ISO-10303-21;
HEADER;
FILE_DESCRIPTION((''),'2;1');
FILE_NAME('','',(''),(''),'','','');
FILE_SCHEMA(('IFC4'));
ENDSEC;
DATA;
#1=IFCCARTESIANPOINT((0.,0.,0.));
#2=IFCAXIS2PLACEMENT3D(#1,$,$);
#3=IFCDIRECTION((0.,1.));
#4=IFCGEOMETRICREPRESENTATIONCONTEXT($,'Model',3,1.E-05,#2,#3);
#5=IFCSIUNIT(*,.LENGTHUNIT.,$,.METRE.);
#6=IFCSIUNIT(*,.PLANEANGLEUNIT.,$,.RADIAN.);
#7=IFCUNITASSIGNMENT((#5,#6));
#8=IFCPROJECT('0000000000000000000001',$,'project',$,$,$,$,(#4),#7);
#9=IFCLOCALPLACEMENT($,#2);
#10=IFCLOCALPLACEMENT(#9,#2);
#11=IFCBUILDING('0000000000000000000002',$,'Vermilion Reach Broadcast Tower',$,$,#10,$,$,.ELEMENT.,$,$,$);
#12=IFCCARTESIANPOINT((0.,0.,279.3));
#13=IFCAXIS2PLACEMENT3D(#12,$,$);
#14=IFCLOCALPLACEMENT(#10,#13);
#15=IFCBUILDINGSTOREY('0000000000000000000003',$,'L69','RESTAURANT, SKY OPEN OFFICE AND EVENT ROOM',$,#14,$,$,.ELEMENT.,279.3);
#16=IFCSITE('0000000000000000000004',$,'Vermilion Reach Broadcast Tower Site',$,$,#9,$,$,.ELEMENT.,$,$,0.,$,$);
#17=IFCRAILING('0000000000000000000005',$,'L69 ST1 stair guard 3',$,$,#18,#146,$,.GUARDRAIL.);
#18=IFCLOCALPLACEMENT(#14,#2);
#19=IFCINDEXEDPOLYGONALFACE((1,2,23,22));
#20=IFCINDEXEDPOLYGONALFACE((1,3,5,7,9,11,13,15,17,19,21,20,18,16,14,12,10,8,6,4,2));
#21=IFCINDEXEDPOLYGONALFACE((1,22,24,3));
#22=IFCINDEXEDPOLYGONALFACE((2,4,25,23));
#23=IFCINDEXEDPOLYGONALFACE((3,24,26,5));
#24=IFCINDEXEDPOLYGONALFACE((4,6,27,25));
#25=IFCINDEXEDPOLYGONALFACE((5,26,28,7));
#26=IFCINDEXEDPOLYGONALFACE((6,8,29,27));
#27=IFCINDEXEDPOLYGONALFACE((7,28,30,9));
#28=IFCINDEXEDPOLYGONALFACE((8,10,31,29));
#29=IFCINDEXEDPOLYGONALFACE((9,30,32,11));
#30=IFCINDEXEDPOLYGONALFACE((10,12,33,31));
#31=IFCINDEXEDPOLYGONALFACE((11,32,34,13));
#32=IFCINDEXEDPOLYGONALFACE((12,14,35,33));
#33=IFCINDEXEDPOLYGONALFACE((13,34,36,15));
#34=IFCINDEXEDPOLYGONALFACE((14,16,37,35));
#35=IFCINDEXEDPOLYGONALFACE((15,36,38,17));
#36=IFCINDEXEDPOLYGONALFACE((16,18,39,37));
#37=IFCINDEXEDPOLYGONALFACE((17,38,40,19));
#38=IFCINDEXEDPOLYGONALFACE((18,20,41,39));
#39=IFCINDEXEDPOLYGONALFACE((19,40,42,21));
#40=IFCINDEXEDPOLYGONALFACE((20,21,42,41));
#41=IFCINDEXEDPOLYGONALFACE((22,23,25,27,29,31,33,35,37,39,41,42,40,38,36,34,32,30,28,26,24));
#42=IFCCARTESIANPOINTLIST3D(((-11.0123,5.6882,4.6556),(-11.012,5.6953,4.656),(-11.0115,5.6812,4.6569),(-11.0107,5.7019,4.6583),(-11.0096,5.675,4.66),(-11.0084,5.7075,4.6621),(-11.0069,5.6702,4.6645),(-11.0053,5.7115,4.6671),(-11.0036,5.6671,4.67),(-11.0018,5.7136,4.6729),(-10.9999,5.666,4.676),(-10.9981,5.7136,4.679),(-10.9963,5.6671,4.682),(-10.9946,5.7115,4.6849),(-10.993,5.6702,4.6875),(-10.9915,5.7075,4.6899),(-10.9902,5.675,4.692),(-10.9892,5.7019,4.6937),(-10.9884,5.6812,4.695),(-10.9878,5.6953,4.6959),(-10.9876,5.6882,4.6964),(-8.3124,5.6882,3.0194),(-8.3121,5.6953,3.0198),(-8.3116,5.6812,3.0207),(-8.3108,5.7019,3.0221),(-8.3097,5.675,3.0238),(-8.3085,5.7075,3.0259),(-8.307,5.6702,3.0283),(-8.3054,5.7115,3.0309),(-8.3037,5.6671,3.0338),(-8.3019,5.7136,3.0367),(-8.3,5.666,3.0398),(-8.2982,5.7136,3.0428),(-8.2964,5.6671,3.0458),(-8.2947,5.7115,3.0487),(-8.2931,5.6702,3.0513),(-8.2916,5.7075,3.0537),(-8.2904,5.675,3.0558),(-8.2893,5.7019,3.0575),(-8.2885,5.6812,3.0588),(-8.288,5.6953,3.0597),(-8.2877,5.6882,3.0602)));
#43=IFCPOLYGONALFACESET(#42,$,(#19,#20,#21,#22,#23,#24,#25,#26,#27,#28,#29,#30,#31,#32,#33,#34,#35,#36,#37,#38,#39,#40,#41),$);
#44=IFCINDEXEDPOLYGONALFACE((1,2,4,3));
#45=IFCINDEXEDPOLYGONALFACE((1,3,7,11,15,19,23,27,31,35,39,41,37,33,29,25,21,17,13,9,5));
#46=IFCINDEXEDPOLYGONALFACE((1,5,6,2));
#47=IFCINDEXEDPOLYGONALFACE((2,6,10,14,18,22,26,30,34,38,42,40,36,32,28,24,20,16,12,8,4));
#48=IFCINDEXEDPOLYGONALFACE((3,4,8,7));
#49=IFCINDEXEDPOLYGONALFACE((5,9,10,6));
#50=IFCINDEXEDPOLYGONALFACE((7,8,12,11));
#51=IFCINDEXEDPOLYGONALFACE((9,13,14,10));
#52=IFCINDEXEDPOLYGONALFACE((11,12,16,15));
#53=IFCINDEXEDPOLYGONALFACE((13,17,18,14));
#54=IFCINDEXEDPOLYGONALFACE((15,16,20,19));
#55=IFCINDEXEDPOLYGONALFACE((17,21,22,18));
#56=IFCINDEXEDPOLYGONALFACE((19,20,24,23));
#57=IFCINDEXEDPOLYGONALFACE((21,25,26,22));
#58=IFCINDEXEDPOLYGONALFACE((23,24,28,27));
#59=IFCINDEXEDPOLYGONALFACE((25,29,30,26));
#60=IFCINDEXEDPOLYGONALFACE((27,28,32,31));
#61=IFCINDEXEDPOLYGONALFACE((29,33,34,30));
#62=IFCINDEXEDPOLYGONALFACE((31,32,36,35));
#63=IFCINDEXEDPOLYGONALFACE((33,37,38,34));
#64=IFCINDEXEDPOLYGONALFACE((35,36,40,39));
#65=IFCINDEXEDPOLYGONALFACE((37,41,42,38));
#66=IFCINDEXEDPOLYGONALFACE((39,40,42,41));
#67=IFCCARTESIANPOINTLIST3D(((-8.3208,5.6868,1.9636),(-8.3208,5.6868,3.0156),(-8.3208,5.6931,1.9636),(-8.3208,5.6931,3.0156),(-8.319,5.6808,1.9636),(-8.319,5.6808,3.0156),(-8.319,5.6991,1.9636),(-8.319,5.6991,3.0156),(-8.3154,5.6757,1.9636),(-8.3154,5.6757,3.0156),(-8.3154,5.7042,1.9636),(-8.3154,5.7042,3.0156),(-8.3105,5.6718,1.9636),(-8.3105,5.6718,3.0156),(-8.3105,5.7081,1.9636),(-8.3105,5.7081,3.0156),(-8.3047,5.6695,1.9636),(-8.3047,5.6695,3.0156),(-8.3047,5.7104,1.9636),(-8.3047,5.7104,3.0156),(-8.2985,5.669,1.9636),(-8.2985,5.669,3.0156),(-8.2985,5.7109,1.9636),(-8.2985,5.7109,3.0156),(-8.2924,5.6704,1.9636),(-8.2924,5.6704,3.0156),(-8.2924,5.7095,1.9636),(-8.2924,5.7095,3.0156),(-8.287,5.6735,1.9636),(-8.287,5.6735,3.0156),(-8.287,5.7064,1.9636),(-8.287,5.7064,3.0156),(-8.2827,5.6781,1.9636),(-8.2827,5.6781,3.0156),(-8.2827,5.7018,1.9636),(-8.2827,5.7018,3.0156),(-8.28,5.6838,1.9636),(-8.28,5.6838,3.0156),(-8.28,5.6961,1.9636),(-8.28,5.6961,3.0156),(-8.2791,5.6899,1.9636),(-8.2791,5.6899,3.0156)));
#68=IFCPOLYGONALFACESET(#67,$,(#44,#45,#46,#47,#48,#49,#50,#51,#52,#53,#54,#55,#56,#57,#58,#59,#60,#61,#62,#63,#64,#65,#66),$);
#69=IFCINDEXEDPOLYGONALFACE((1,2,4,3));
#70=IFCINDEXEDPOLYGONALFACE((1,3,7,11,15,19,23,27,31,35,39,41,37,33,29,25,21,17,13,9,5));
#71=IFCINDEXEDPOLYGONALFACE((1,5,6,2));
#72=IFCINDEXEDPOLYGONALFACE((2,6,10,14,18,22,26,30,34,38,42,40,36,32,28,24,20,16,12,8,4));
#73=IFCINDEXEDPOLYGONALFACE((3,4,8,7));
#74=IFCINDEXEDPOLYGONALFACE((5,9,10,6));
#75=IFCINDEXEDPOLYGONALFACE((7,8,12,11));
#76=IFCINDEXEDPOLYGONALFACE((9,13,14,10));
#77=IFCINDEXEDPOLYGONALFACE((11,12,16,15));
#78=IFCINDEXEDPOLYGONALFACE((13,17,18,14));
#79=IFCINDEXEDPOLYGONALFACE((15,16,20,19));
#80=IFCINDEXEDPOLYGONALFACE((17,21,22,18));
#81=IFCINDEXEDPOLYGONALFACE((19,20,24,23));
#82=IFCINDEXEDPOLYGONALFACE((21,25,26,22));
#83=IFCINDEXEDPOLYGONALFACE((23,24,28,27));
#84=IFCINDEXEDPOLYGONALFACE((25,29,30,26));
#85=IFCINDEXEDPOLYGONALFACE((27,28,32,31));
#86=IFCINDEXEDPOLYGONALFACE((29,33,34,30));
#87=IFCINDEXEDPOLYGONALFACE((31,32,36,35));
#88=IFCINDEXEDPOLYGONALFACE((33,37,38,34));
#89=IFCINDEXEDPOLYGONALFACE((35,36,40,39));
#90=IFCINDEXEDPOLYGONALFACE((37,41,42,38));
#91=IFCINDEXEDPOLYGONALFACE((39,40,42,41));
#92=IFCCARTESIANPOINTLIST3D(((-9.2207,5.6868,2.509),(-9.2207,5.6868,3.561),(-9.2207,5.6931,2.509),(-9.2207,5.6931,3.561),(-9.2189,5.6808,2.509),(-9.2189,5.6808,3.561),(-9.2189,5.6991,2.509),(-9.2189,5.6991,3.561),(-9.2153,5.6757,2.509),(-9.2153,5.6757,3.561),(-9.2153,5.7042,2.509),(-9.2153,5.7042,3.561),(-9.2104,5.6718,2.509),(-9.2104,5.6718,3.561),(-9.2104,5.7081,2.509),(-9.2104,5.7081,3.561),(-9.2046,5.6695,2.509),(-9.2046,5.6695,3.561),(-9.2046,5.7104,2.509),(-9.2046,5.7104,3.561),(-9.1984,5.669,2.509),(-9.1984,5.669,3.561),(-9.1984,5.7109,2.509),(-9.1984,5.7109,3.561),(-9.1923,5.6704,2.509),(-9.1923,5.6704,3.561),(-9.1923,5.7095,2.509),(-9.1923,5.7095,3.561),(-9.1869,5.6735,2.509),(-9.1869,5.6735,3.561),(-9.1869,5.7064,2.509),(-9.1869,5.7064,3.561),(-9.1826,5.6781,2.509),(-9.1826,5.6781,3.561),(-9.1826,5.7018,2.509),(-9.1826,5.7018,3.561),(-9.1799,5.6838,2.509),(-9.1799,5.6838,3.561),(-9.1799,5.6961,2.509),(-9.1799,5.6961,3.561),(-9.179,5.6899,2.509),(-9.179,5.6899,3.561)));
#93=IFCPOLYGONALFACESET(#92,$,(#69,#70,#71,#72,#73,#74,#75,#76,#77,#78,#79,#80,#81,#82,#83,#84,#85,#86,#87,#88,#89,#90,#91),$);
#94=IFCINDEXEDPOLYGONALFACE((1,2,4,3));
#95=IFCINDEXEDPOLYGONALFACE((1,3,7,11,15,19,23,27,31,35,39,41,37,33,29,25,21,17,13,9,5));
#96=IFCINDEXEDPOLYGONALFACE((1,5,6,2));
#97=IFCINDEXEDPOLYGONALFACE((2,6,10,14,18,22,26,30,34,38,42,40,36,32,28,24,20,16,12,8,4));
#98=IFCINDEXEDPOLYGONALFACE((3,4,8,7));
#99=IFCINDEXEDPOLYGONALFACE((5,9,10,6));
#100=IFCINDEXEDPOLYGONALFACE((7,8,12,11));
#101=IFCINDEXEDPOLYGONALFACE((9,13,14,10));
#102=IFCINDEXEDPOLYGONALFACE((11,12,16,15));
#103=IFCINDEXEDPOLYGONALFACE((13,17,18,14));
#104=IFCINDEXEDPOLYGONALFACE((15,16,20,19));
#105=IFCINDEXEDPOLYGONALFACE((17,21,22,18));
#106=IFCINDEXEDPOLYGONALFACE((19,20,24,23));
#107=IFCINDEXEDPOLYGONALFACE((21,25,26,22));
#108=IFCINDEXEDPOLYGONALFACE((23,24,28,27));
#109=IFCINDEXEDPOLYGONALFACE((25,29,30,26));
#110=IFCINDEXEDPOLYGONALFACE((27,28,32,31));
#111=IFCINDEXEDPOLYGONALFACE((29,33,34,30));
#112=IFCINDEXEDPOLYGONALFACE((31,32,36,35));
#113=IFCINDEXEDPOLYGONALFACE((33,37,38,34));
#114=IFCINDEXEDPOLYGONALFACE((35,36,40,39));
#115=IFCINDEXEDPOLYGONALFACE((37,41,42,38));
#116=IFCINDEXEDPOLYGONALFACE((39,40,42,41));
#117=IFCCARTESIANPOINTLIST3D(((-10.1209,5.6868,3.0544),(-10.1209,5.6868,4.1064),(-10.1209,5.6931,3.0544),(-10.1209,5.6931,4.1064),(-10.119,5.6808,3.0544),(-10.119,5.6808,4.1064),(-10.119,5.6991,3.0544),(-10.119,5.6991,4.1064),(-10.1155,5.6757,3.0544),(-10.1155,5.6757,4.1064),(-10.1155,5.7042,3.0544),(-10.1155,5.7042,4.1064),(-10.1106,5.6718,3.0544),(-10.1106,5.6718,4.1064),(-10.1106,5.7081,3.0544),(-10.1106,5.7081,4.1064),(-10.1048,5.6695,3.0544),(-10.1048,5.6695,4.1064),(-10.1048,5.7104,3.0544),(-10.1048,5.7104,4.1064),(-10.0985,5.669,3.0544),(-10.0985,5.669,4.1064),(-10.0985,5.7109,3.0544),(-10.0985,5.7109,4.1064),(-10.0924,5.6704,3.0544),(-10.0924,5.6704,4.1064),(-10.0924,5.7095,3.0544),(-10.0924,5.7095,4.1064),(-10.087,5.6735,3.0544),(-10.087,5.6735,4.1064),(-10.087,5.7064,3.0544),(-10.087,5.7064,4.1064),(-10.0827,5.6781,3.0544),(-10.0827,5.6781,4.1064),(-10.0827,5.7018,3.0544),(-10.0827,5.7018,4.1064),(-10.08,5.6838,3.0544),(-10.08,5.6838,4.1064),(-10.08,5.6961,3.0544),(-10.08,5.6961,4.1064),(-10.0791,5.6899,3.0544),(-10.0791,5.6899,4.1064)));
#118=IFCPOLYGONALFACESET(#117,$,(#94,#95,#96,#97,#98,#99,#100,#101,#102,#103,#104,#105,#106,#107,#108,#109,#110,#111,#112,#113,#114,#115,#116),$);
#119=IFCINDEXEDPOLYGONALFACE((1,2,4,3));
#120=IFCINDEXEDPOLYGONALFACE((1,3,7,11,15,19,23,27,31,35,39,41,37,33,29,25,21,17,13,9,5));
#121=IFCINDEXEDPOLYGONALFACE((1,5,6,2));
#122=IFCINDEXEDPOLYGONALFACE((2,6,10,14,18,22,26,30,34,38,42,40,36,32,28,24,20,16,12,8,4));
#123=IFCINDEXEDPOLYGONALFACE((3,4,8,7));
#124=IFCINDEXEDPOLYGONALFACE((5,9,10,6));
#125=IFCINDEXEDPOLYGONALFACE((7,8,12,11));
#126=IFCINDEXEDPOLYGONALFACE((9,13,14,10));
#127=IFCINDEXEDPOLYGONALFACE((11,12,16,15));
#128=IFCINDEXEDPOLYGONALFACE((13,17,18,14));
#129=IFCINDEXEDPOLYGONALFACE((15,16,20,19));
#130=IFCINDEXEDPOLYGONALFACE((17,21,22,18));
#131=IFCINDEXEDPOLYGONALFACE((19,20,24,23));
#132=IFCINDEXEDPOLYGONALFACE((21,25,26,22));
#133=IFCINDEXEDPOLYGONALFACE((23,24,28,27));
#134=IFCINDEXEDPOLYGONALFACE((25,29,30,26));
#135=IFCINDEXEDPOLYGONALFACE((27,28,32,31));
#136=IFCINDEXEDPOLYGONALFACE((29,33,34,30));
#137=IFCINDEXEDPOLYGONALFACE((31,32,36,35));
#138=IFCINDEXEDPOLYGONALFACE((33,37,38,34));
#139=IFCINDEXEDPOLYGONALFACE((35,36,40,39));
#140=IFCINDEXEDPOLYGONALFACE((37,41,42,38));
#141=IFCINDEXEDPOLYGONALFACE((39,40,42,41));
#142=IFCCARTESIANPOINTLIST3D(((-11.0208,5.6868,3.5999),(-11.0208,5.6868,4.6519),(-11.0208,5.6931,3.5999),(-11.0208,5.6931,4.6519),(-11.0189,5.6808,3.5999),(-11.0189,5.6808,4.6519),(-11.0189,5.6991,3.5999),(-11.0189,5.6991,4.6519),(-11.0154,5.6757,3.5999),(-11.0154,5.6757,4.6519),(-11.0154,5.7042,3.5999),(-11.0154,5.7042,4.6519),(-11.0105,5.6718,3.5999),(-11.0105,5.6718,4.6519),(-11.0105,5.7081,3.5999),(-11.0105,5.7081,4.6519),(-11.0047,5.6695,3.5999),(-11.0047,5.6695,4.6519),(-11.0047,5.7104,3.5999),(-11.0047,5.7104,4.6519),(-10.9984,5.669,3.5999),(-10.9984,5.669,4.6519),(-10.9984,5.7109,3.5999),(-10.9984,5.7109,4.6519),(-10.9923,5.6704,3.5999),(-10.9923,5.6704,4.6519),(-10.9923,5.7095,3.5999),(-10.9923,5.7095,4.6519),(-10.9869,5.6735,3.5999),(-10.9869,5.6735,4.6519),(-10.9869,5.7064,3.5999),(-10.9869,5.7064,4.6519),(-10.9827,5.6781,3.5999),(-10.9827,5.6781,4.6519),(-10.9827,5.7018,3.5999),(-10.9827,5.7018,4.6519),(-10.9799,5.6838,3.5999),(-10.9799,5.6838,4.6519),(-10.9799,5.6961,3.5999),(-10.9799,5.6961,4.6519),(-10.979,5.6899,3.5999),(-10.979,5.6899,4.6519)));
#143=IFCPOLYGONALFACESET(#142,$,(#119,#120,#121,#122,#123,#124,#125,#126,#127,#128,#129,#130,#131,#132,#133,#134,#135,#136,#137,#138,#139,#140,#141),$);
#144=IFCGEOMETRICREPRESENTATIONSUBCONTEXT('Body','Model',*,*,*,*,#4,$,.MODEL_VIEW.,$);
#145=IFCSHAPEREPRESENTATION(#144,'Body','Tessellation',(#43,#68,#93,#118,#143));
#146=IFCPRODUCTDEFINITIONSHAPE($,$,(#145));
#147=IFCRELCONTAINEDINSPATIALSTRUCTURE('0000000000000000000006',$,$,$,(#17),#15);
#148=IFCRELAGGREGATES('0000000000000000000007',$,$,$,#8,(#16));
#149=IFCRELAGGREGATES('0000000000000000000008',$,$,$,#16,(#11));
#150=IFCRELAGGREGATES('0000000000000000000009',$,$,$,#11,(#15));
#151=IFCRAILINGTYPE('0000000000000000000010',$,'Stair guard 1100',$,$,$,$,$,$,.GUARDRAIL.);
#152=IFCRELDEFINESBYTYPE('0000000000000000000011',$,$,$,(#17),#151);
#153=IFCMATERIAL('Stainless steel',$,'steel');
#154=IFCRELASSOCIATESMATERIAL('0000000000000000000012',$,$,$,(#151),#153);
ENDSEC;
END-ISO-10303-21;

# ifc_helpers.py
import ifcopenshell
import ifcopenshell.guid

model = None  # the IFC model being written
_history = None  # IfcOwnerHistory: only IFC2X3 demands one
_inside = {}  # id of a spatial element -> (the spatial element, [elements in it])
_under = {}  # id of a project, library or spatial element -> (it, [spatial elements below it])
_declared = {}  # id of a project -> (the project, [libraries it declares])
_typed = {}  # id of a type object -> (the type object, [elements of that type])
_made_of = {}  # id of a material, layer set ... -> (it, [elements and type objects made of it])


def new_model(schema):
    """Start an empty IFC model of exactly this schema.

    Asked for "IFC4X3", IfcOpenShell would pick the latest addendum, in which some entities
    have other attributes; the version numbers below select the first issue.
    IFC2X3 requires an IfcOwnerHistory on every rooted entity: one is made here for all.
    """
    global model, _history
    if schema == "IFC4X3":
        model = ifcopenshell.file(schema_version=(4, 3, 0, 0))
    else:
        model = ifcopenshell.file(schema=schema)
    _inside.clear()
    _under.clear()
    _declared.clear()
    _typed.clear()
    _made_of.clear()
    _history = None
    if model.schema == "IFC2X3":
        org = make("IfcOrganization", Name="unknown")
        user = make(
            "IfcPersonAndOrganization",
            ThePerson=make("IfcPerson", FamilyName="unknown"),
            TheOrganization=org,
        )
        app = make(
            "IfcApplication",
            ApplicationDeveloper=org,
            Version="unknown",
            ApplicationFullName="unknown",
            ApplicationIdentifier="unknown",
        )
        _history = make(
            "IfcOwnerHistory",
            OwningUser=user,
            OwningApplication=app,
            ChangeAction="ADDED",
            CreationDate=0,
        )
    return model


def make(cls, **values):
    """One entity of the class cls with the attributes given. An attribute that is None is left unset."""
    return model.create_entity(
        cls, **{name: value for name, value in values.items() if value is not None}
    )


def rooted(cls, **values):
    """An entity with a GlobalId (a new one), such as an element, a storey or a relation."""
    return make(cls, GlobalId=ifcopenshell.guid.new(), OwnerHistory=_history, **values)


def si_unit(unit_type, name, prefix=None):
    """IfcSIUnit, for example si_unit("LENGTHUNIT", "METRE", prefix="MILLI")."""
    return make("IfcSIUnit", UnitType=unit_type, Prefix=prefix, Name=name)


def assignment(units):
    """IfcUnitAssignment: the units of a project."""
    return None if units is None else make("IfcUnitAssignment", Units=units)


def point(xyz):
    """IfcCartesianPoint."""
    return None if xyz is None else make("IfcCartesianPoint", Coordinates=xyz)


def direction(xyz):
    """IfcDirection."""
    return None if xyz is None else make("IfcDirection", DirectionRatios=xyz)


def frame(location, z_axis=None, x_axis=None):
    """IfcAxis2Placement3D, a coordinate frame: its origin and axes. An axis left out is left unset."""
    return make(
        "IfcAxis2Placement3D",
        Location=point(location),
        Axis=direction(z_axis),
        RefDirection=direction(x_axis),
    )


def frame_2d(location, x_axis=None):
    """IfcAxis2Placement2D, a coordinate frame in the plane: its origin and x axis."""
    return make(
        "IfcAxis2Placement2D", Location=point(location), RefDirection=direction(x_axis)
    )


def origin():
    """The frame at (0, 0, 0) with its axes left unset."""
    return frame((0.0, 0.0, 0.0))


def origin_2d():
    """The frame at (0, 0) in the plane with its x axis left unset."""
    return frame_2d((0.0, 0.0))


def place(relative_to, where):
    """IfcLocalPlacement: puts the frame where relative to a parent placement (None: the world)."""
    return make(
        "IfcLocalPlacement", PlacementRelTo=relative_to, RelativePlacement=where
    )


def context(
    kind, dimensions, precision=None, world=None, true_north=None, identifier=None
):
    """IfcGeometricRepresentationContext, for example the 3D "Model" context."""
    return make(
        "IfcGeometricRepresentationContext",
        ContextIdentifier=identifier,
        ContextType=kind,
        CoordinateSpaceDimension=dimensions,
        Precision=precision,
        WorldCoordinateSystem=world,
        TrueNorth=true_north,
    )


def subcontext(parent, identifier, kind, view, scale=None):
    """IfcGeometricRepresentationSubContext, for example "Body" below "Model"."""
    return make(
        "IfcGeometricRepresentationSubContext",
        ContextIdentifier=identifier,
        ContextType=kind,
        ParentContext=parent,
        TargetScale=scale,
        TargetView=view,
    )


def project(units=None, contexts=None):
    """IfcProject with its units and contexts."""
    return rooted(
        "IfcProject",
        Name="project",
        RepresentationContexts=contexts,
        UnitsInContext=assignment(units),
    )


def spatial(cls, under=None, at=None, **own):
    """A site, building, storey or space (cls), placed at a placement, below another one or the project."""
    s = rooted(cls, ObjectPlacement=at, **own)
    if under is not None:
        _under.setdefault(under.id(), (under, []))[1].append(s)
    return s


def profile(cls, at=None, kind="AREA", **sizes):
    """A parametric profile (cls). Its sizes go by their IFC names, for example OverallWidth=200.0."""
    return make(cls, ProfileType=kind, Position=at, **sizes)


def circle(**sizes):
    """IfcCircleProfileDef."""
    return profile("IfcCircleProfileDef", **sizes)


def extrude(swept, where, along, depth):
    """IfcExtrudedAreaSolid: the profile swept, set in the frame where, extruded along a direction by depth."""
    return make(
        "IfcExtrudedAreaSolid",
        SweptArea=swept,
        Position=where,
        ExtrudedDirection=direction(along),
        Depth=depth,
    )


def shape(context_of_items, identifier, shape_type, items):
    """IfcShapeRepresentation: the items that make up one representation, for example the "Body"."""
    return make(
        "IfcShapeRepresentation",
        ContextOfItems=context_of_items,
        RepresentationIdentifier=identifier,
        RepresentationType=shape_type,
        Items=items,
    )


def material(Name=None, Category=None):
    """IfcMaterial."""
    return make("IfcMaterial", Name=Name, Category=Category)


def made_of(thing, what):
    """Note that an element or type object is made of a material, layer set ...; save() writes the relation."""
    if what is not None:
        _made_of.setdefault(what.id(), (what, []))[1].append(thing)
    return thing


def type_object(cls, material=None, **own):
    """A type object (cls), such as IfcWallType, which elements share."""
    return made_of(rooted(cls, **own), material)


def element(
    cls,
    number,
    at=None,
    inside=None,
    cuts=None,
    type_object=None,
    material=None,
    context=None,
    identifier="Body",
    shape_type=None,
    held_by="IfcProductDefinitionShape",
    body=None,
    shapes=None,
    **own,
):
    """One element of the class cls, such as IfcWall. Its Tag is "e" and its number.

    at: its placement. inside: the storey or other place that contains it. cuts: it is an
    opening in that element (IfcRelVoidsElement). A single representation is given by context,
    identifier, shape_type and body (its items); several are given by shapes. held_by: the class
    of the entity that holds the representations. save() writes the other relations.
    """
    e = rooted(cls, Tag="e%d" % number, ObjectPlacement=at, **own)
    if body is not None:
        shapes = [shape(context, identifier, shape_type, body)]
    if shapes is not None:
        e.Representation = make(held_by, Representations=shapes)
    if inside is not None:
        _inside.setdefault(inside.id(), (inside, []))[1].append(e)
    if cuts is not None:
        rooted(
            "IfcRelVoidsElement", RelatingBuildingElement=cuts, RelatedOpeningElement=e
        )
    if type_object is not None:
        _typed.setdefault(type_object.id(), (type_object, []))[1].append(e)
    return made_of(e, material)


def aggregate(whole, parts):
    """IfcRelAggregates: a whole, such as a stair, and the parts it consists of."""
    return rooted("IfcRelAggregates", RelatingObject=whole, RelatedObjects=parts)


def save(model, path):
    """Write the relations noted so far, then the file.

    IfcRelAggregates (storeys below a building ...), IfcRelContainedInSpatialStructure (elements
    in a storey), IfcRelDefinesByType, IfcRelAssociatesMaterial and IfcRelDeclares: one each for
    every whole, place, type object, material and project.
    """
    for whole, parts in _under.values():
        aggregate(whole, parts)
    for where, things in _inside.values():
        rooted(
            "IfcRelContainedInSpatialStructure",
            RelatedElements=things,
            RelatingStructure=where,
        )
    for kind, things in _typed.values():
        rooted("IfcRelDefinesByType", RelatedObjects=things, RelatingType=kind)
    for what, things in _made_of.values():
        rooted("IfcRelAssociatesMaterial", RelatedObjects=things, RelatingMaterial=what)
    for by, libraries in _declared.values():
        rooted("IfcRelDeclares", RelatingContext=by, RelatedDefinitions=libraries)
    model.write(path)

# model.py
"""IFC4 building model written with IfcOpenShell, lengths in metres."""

from ifc_helpers import new_model, si_unit, direction, frame, origin, origin_2d, place, context, subcontext, project, spatial, circle, extrude, material, type_object, element, save


model = new_model("IFC4")

# Units and contexts
model_context = context("Model", 3, precision=1e-05, world=origin(), true_north=direction((0.0, 1.0)))
body_context = subcontext(model_context, "Body", "Model", "MODEL_VIEW")
ifc_project = project(units=[si_unit("LENGTHUNIT", "METRE"), si_unit("PLANEANGLEUNIT", "RADIAN")], contexts=[model_context])

# Site, building, storey
site_placement = place(None, origin())
site = spatial("IfcSite", under=ifc_project, at=site_placement, Name="Vermilion Reach Broadcast Tower Site", CompositionType="ELEMENT", RefElevation=0.0)
building_placement = place(site_placement, origin())
building = spatial("IfcBuilding", under=site, at=building_placement, Name="Vermilion Reach Broadcast Tower", CompositionType="ELEMENT")
storey_placement = place(building_placement, frame((0.0, 0.0, 279.3)))
storey = spatial("IfcBuildingStorey", under=building, at=storey_placement, Name="L69", Description="RESTAURANT, SKY OPEN OFFICE AND EVENT ROOM", CompositionType="ELEMENT", Elevation=279.3)

# Railing
ifc_material_1 = material(Name="Stainless steel", Category="steel")
railing_type_1 = type_object("IfcRailingType", Name="Stair guard 1100", PredefinedType="GUARDRAIL", material=ifc_material_1)
railing_1_placement = place(storey_placement, frame((-8.3, 5.6899, 1.9636)))
element("IfcRailing", 1, at=railing_1_placement, inside=storey, type_object=railing_type_1, Name="L69 ST1 stair guard 3", PredefinedType="GUARDRAIL", context=body_context, shape_type="SweptSolid", body=[
    extrude(circle(Radius=0.0239, at=origin_2d()), frame((0.0, 0.0, 1.0762), z_axis=(-0.855212, 0.0, 0.518278), x_axis=(0.0, -1.0, 0.0)), (0.0, 0.0, 1.0), 3.157),
    extrude(circle(Radius=0.021, at=origin_2d()), origin(), (0.0, 0.0, 1.0), 1.052),
    extrude(circle(Radius=0.021, at=origin_2d()), frame((-0.8999, 0.0, 0.5454)), (0.0, 0.0, 1.0), 1.052),
    extrude(circle(Radius=0.021, at=origin_2d()), frame((-1.8, 0.0, 1.0908)), (0.0, 0.0, 1.0), 1.052),
    extrude(circle(Radius=0.021, at=origin_2d()), frame((-2.7, 0.0, 1.6362)), (0.0, 0.0, 1.0), 1.052),
])

save(model, "model.ifc")
